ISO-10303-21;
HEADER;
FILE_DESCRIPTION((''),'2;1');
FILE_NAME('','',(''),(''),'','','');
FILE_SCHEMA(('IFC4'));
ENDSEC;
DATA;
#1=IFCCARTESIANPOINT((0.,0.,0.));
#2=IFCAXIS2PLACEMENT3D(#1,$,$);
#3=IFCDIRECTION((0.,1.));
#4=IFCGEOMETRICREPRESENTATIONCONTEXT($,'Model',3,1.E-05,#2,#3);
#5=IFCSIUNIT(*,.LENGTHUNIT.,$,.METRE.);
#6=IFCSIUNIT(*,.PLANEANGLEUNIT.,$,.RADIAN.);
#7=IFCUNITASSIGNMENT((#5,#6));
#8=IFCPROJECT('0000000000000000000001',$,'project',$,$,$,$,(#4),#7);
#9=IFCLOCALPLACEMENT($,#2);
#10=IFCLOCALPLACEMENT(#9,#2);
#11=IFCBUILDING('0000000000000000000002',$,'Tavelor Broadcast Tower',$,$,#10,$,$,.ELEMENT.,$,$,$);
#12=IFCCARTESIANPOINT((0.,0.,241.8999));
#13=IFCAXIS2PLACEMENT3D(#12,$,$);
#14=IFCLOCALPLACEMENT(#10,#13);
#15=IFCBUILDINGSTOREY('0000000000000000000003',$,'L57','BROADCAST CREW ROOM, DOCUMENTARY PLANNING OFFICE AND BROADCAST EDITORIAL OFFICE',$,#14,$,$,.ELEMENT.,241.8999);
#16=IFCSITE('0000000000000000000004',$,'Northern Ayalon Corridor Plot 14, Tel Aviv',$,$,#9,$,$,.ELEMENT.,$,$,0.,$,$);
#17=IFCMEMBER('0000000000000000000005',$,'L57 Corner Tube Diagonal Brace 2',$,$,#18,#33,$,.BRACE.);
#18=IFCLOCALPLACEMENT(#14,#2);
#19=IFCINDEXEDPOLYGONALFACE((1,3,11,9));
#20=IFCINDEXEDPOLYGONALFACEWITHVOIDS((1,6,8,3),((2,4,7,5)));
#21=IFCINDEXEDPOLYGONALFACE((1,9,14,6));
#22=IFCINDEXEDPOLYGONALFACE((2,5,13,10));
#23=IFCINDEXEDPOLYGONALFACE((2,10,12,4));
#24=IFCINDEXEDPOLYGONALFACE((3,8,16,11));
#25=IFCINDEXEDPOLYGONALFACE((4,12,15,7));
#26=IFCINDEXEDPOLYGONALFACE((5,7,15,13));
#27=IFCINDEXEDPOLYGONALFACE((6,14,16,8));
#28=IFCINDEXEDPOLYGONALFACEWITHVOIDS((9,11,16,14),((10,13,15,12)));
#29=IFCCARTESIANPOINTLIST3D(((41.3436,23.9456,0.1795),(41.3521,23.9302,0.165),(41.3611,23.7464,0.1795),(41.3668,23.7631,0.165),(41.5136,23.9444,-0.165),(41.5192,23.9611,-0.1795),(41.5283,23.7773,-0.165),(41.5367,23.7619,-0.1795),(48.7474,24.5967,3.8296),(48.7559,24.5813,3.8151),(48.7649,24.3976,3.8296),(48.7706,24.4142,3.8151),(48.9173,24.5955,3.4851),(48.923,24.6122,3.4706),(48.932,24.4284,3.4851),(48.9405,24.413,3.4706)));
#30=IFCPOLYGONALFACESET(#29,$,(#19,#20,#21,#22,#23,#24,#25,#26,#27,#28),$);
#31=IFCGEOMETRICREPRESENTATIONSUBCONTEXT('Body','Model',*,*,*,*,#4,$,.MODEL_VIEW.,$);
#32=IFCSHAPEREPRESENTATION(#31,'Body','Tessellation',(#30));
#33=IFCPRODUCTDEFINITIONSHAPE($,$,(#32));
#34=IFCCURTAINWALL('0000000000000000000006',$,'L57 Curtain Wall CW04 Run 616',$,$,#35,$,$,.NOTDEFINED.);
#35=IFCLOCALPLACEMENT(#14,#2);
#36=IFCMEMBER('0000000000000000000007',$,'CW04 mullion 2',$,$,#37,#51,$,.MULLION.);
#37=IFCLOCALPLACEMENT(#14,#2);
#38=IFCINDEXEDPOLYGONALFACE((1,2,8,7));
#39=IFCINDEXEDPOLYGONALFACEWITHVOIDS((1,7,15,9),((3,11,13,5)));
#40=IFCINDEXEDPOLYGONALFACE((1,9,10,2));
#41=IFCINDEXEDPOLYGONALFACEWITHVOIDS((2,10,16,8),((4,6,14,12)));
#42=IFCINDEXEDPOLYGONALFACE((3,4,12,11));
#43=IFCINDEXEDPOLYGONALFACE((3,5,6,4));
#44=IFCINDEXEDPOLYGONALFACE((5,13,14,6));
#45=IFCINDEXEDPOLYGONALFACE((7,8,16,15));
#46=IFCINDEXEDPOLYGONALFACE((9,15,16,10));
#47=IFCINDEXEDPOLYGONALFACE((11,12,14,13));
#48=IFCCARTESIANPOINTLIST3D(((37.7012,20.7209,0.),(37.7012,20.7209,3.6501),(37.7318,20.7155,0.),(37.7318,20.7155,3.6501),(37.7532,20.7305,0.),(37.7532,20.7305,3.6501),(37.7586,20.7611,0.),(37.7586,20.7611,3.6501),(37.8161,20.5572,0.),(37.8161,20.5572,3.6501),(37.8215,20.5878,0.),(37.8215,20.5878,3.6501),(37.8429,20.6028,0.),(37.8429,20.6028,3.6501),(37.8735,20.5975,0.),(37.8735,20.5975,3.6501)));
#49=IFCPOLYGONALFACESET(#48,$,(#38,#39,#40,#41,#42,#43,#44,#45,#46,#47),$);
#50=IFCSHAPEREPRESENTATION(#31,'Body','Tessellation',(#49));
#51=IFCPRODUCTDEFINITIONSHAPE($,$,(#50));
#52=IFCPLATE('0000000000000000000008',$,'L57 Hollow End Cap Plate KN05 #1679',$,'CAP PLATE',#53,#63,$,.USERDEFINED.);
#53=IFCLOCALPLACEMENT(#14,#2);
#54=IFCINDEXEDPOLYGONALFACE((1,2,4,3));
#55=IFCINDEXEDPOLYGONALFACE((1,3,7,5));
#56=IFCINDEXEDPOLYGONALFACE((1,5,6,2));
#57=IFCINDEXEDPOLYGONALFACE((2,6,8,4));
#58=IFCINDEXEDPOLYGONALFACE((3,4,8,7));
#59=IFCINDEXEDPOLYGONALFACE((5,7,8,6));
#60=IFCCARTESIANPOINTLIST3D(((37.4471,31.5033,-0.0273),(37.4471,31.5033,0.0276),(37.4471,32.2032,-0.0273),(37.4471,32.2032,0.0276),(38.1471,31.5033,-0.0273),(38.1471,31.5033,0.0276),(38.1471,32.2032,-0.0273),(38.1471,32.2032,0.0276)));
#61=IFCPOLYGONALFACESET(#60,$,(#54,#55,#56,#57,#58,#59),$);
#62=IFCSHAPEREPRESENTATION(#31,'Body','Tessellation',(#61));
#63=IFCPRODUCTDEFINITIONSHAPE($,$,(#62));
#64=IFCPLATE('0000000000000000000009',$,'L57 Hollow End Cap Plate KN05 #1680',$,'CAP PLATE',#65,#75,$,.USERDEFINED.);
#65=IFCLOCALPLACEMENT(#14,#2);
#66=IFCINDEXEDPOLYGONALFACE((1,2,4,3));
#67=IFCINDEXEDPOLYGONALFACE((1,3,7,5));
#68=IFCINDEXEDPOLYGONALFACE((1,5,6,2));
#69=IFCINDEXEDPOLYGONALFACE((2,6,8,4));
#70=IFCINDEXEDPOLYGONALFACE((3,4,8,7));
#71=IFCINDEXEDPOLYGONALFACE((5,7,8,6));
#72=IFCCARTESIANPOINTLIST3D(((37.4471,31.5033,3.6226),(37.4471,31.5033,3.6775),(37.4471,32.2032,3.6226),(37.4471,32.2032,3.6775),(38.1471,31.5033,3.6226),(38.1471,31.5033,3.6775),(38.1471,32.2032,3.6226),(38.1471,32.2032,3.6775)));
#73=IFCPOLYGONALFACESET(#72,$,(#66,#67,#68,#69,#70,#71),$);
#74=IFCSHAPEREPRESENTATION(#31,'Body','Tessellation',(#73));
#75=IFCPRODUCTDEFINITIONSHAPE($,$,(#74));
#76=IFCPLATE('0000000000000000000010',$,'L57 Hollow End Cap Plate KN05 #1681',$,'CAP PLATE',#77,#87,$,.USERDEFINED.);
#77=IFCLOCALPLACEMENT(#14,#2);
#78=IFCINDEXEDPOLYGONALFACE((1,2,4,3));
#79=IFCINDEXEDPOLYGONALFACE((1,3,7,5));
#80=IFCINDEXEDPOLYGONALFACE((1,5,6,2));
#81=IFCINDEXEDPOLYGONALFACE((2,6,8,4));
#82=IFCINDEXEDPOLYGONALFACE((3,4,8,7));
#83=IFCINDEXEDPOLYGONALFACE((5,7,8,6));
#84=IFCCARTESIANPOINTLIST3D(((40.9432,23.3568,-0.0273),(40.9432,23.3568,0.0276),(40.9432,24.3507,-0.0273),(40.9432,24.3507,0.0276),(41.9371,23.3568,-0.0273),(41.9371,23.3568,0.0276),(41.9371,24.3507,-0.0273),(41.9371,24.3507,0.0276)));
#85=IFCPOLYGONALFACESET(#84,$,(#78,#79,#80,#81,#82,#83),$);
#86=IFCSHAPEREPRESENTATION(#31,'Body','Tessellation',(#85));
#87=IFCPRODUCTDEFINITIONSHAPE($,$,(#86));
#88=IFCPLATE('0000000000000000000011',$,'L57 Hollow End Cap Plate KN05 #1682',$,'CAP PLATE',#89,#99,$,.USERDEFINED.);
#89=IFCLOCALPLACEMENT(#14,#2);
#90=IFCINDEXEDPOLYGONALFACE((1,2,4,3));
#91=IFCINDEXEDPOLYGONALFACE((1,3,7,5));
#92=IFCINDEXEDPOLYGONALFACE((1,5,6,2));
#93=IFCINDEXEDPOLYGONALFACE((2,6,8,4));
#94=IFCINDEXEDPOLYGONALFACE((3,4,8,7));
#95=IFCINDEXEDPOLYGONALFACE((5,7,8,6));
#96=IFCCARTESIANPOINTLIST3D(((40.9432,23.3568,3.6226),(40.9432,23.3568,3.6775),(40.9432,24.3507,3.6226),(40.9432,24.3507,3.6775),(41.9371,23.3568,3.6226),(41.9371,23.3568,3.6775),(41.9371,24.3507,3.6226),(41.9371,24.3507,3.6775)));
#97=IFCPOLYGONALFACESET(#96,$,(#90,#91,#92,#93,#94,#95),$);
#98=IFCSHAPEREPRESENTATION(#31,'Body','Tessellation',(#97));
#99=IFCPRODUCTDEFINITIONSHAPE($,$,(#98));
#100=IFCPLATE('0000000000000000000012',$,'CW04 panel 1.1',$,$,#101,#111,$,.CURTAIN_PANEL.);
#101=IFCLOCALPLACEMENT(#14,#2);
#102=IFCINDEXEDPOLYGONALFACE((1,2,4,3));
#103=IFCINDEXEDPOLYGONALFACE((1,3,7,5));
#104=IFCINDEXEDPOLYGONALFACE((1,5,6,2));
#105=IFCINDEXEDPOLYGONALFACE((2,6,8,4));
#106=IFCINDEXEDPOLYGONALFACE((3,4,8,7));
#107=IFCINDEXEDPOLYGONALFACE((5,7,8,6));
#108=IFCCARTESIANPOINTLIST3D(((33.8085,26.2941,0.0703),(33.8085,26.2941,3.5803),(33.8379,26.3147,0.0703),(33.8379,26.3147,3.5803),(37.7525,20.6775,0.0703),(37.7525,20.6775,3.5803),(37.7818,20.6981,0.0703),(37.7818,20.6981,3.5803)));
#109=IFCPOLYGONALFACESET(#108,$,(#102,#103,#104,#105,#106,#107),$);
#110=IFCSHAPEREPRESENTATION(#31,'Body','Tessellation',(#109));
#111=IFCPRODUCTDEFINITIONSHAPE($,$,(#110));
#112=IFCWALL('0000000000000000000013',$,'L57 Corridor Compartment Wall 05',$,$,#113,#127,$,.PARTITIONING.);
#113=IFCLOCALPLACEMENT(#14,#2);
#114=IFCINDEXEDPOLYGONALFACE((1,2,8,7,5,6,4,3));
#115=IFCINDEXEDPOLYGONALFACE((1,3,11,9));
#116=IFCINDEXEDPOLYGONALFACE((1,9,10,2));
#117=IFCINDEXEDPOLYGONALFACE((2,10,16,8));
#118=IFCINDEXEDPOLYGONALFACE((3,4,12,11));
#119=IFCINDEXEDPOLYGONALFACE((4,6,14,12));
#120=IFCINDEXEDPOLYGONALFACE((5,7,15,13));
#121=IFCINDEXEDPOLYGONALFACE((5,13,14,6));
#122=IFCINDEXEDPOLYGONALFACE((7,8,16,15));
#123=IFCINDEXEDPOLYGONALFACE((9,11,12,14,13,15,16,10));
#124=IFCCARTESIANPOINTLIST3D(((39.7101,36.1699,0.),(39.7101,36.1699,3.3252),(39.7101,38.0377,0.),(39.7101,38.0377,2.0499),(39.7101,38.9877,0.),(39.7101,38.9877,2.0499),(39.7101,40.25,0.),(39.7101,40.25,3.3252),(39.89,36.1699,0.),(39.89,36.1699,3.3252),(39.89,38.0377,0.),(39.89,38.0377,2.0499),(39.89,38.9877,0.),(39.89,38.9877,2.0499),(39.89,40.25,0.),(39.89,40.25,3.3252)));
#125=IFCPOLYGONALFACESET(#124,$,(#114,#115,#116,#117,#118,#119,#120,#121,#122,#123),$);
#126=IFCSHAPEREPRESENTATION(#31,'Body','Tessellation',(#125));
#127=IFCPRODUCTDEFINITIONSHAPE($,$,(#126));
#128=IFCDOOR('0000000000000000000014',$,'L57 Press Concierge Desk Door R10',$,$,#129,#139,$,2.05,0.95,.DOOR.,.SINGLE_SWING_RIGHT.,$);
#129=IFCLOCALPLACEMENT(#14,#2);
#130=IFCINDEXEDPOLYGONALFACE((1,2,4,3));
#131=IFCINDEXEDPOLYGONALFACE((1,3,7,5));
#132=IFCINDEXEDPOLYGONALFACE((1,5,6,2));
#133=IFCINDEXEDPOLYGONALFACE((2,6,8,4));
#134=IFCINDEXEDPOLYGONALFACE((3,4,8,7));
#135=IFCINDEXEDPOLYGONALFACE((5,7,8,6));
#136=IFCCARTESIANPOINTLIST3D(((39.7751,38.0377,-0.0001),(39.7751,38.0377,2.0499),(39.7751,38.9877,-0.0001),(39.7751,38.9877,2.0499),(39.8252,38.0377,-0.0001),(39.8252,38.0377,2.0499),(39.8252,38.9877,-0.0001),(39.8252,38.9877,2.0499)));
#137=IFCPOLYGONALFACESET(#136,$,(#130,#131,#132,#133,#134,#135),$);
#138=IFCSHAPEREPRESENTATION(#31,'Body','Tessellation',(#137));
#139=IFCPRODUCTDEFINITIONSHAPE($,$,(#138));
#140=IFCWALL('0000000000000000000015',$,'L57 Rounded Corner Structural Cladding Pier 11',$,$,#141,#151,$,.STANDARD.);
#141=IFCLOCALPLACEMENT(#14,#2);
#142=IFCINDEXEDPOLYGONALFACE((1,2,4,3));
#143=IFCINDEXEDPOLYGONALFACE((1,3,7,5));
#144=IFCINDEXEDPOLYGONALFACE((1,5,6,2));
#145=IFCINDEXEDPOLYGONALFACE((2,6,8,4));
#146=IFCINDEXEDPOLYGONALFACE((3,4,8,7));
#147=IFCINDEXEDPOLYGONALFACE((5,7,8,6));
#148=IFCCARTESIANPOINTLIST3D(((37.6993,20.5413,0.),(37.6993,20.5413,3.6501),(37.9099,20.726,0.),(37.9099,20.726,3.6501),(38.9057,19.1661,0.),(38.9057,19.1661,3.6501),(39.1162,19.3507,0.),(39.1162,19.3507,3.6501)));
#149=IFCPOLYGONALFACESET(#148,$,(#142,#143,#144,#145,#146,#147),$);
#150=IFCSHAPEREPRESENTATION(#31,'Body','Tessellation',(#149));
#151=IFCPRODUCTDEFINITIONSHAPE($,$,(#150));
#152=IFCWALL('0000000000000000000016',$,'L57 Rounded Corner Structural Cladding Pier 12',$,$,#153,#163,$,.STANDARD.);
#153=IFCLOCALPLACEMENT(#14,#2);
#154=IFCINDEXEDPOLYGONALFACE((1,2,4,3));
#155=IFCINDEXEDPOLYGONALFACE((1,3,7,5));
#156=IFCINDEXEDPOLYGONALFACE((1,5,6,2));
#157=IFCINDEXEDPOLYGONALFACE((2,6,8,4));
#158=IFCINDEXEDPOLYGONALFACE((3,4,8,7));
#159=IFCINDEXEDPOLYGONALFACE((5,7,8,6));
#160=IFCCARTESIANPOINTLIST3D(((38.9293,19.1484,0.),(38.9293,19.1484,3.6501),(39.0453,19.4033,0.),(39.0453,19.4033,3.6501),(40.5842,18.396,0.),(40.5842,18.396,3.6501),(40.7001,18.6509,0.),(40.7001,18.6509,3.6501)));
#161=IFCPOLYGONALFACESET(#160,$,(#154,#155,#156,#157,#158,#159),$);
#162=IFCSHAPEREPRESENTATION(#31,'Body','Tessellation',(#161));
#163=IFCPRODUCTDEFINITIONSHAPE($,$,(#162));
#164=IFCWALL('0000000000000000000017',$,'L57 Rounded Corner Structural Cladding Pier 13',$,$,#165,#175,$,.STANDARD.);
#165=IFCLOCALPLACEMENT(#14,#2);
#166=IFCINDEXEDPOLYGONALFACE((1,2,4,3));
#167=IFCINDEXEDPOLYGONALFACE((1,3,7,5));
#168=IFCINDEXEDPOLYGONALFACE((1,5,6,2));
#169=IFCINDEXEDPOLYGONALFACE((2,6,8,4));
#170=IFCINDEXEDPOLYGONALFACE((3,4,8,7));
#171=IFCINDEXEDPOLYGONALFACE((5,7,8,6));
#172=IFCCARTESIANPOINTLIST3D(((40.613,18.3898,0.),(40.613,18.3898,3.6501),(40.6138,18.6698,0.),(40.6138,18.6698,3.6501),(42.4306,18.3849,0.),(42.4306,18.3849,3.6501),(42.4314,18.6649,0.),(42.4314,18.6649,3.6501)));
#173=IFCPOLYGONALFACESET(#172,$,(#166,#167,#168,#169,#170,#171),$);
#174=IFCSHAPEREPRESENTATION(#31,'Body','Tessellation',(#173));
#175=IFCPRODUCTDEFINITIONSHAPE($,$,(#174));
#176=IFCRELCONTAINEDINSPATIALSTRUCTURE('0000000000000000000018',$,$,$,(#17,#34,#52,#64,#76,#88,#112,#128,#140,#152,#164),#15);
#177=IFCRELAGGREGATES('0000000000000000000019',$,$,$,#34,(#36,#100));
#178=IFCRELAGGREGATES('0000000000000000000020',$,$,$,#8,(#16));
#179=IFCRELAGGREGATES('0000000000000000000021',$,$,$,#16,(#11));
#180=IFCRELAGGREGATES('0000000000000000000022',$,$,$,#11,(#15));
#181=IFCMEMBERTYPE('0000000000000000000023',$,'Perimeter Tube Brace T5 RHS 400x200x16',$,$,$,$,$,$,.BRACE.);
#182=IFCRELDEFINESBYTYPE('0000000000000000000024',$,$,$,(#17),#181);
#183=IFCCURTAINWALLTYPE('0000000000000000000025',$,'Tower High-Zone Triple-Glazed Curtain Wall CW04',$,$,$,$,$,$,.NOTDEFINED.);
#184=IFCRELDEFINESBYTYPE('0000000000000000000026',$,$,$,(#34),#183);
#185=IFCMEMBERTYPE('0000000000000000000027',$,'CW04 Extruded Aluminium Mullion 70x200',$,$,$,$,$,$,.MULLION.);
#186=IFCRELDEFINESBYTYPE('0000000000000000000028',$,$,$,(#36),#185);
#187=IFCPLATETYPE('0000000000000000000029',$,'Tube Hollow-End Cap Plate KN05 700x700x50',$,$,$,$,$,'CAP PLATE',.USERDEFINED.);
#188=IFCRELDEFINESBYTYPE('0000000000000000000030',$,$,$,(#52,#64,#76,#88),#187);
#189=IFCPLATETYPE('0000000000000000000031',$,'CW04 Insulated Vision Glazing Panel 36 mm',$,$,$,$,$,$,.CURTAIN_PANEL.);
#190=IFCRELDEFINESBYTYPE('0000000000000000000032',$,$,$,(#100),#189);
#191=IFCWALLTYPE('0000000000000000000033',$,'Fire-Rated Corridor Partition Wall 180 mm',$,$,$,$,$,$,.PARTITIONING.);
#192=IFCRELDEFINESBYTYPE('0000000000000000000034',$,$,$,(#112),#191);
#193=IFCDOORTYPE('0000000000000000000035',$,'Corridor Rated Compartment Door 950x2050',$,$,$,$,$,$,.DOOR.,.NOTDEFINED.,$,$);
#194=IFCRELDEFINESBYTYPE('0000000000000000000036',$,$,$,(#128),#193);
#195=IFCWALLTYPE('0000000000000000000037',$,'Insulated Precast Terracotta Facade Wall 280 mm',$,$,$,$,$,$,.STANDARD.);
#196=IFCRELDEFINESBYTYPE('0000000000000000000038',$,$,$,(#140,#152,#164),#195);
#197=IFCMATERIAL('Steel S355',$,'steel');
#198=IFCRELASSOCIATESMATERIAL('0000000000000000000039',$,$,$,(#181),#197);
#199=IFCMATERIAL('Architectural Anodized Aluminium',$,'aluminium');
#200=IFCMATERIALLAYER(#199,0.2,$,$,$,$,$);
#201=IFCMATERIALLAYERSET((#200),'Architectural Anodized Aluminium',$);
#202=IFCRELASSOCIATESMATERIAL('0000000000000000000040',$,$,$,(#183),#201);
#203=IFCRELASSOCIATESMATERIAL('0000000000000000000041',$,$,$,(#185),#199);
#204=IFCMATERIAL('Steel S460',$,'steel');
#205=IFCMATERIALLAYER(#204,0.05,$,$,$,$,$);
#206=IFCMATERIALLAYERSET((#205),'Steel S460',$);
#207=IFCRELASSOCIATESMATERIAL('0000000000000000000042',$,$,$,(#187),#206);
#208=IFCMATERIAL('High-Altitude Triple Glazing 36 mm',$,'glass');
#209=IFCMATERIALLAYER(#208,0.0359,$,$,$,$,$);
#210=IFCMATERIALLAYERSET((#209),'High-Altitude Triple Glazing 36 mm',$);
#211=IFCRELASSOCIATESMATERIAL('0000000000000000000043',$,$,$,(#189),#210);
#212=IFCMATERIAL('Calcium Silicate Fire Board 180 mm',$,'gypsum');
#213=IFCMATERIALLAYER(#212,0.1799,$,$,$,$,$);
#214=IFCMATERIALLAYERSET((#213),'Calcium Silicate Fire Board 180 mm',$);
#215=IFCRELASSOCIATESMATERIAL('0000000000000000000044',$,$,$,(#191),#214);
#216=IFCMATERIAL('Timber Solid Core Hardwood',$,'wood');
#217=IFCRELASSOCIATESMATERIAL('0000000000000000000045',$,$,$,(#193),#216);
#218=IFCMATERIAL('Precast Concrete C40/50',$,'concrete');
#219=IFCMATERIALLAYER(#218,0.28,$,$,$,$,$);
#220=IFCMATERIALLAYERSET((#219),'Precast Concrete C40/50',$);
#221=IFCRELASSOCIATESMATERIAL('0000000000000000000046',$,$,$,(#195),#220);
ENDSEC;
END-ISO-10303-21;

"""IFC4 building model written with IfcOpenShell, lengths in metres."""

from ifc_helpers import new_model, si_unit, direction, frame, frame_2d, origin, origin_2d, place, context, subcontext, project, spatial, rectangle, hollow_rectangle, extrude, source, transform, mapped, material, layer, layer_set, material_profile, profile_set, type_object, type_shapes, element, fill, aggregate, save


model = new_model("IFC4")

# Units and contexts
model_context = context("Model", 3, precision=1e-05, world=origin(), true_north=direction((0.0, 1.0)))
body_context = subcontext(model_context, "Body", "Model", "MODEL_VIEW")
ifc_project = project(units=[si_unit("LENGTHUNIT", "METRE"), si_unit("PLANEANGLEUNIT", "RADIAN")], contexts=[model_context])

# Site, building, storey
site_placement = place(None, origin())
site = spatial("IfcSite", under=ifc_project, at=site_placement, Name="Northern Ayalon Corridor Plot 14, Tel Aviv", CompositionType="ELEMENT", RefElevation=0.0)
building_placement = place(site_placement, origin())
building = spatial("IfcBuilding", under=site, at=building_placement, Name="Tavelor Broadcast Tower", CompositionType="ELEMENT")
storey_placement = place(building_placement, frame((0.0, 0.0, 241.8999)))
storey = spatial("IfcBuildingStorey", under=building, at=storey_placement, Name="L57", Description="BROADCAST CREW ROOM, DOCUMENTARY PLANNING OFFICE AND BROADCAST EDITORIAL OFFICE", CompositionType="ELEMENT", Elevation=241.8999)

# Shared definitions
ifc_material_1 = material(Name="Steel S460", Category="steel")

# Shared definitions
ifc_material_2 = material(Name="Steel S355", Category="steel")

# Member
ifc_material_profile_1 = material_profile(ifc_material_2, hollow_rectangle(XDim=0.2, YDim=0.3999, WallThickness=0.0161, at=origin_2d()), Name="RHS 400x200x16")
ifc_profile_set_1 = profile_set([ifc_material_profile_1], Name="Steel S355")
member_type_1 = type_object("IfcMemberType", Name="Perimeter Tube Brace T5 RHS 400x200x16", PredefinedType="BRACE", material=ifc_profile_set_1)
member_1_placement = place(storey_placement, frame((41.4402, 23.8538, 0.0), z_axis=(0.894144, 0.078635, 0.440821), x_axis=(-0.087606, 0.996155, 0.0)))
element("IfcMember", 1, at=member_1_placement, inside=storey, type_object=member_type_1, Name="L57 Corner Tube Diagonal Brace 2", PredefinedType="BRACE", context=body_context, shape_type="SweptSolid", body=[
    extrude(hollow_rectangle(XDim=0.2, YDim=0.3999, WallThickness=0.0161, at=origin_2d()), origin(), (0.0, 0.0, 1.0), 8.2803),
])

# Curtain wall, member
ifc_material_3 = material(Name="Architectural Anodized Aluminium", Category="aluminium")
ifc_layer_1 = layer(ifc_material_3, 0.2)
ifc_layer_set_1 = layer_set([ifc_layer_1], Name="Architectural Anodized Aluminium")
curtain_wall_type = type_object("IfcCurtainWallType", Name="Tower High-Zone Triple-Glazed Curtain Wall CW04", PredefinedType="NOTDEFINED", material=ifc_layer_set_1)
curtain_wall_placement = place(storey_placement, origin())
curtain_wall = element("IfcCurtainWall", 2, at=curtain_wall_placement, inside=storey, type_object=curtain_wall_type, Name="L57 Curtain Wall CW04 Run 616", PredefinedType="NOTDEFINED")
ifc_material_profile_2 = material_profile(ifc_material_3, hollow_rectangle(XDim=0.0701, YDim=0.2, WallThickness=0.022, at=origin_2d()), Name="RHS 70x200x22")
ifc_profile_set_2 = profile_set([ifc_material_profile_2], Name="Architectural Anodized Aluminium")
member_type_2 = type_object("IfcMemberType", Name="CW04 Extruded Aluminium Mullion 70x200", PredefinedType="MULLION", material=ifc_profile_set_2)
shared_shape_1 = source(origin(), body_context, "Body", "SweptSolid", [
    extrude(hollow_rectangle(XDim=0.0701, YDim=0.2, WallThickness=0.022, at=origin_2d()), origin(), (0.0, 0.0, 1.0), 3.6501),
])
type_shapes(member_type_2, [shared_shape_1])
member_2_placement = place(storey_placement, frame((37.7874, 20.6592, 0.0), z_axis=(0.0, 0.0, 1.0), x_axis=(0.818388, 0.574665, 0.0)))
member_2 = element("IfcMember", 3, at=member_2_placement, type_object=member_type_2, Name="CW04 mullion 2", PredefinedType="MULLION", context=body_context, shape_type="MappedRepresentation", body=[
    mapped(shared_shape_1, transform((0.0, 0.0, 0.0), scale=1.0)),
])

# Plates
ifc_layer_2 = layer(ifc_material_1, 0.05)
ifc_layer_set_2 = layer_set([ifc_layer_2], Name="Steel S460")
plate_type_1 = type_object("IfcPlateType", Name="Tube Hollow-End Cap Plate KN05 700x700x50", ElementType="CAP PLATE", PredefinedType="USERDEFINED", material=ifc_layer_set_2)
shared_shape_2 = source(origin(), body_context, "Body", "SweptSolid", [
    extrude(rectangle(XDim=0.7, YDim=0.7, at=origin_2d()), origin(), (0.0, 0.0, 1.0), 0.0549),
])
for number, where, z_axis, x_axis, name in (
    (4, (37.7971, 31.8533, -0.0273), (0.0, 0.0, 1.0), (1.0, 0.0, 0.0), "L57 Hollow End Cap Plate KN05 #1679"),
    (5, (37.7971, 31.8533, 3.6226), (0.0, 0.0, 1.0), (1.0, 0.0, 0.0), "L57 Hollow End Cap Plate KN05 #1680"),
):
    element("IfcPlate", number, at=place(storey_placement, frame(where, z_axis=z_axis, x_axis=x_axis)), inside=storey, type_object=plate_type_1, Name=name, ObjectType="CAP PLATE", PredefinedType="USERDEFINED", context=body_context, shape_type="MappedRepresentation", body=[
        mapped(shared_shape_2, transform((0.0, 0.0, 0.0), scale=1.0)),
    ])
shared_shape_3 = source(origin(), body_context, "Body", "SweptSolid", [
    extrude(rectangle(XDim=0.9939, YDim=0.9939, at=origin_2d()), origin(), (0.0, 0.0, 1.0), 0.0549),
])
type_shapes(plate_type_1, [shared_shape_2, shared_shape_3])
for number, where, z_axis, x_axis, name in (
    (6, (41.4402, 23.8538, -0.0273), (0.0, 0.0, 1.0), (1.0, 0.0, 0.0), "L57 Hollow End Cap Plate KN05 #1681"),
    (7, (41.4402, 23.8538, 3.6226), (0.0, 0.0, 1.0), (1.0, 0.0, 0.0), "L57 Hollow End Cap Plate KN05 #1682"),
):
    element("IfcPlate", number, at=place(storey_placement, frame(where, z_axis=z_axis, x_axis=x_axis)), inside=storey, type_object=plate_type_1, Name=name, ObjectType="CAP PLATE", PredefinedType="USERDEFINED", context=body_context, shape_type="MappedRepresentation", body=[
        mapped(shared_shape_3, transform((0.0, 0.0, 0.0), scale=1.0)),
    ])

# Plate
ifc_material_4 = material(Name="High-Altitude Triple Glazing 36 mm", Category="glass")
ifc_layer_3 = layer(ifc_material_4, 0.0359)
ifc_layer_set_3 = layer_set([ifc_layer_3], Name="High-Altitude Triple Glazing 36 mm")
plate_type_2 = type_object("IfcPlateType", Name="CW04 Insulated Vision Glazing Panel 36 mm", PredefinedType="CURTAIN_PANEL", material=ifc_layer_set_3)
shared_shape_4 = source(origin(), body_context, "Body", "SweptSolid", [
    extrude(rectangle(XDim=6.863, YDim=0.0359, at=origin_2d()), origin(), (0.0, 0.0, 1.0), 3.51),
])
type_shapes(plate_type_2, [shared_shape_4])
plate_placement = place(storey_placement, frame((35.7952, 23.4961, 0.0703), z_axis=(0.0, 0.0, 1.0), x_axis=(0.574665, -0.818388, 0.0)))
plate = element("IfcPlate", 8, at=plate_placement, type_object=plate_type_2, Name="CW04 panel 1.1", PredefinedType="CURTAIN_PANEL", context=body_context, shape_type="MappedRepresentation", body=[
    mapped(shared_shape_4, transform((0.0, 0.0, 0.0), scale=1.0)),
])
aggregate(curtain_wall, [member_2, plate])

# Wall, opening, door
ifc_material_5 = material(Name="Calcium Silicate Fire Board 180 mm", Category="gypsum")
ifc_layer_4 = layer(ifc_material_5, 0.1799)
ifc_layer_set_4 = layer_set([ifc_layer_4], Name="Calcium Silicate Fire Board 180 mm")
wall_type_1 = type_object("IfcWallType", Name="Fire-Rated Corridor Partition Wall 180 mm", PredefinedType="PARTITIONING", material=ifc_layer_set_4)
wall_1_placement = place(storey_placement, frame((39.8, 36.1699, 0.0), z_axis=(0.0, 0.0, 1.0), x_axis=(0.0, 1.0, 0.0)))
wall_1 = element("IfcWall", 9, at=wall_1_placement, inside=storey, type_object=wall_type_1, Name="L57 Corridor Compartment Wall 05", PredefinedType="PARTITIONING", context=body_context, shape_type="SweptSolid", body=[
    extrude(rectangle(XDim=4.0801, YDim=0.1799, at=frame_2d((2.04, 0.0))), origin(), (0.0, 0.0, 1.0), 3.3252),
])
opening_placement = place(wall_1_placement, frame((1.8677, 0.0, 0.0)))
opening = element("IfcOpeningElement", 10, at=opening_placement, cuts=wall_1, PredefinedType="OPENING", context=body_context, shape_type="SweptSolid", body=[
    extrude(rectangle(XDim=0.95, YDim=2.05, at=frame_2d((0.4751, 1.0249))), frame((0.0, 0.1001, 0.0), z_axis=(0.0, -1.0, 0.0), x_axis=(1.0, 0.0, 0.0)), (0.0, 0.0, 1.0), 0.2),
])
ifc_material_6 = material(Name="Timber Solid Core Hardwood", Category="wood")
door_type = type_object("IfcDoorType", Name="Corridor Rated Compartment Door 950x2050", OperationType="NOTDEFINED", PredefinedType="DOOR", material=ifc_material_6)
door_placement = place(opening_placement, origin())
door = element("IfcDoor", 11, at=door_placement, inside=storey, type_object=door_type, Name="L57 Press Concierge Desk Door R10", OperationType="SINGLE_SWING_RIGHT", OverallHeight=2.05, OverallWidth=0.95, PredefinedType="DOOR", context=body_context, shape_type="SweptSolid", body=[
    extrude(rectangle(XDim=0.95, YDim=2.05, at=frame_2d((0.4751, 1.0249))), frame((0.0, 0.0249, 0.0), z_axis=(0.0, -1.0, 0.0), x_axis=(1.0, 0.0, 0.0)), (0.0, 0.0, 1.0), 0.05),
])
fill(opening, door)

# Walls
ifc_material_7 = material(Name="Precast Concrete C40/50", Category="concrete")
ifc_layer_5 = layer(ifc_material_7, 0.28)
ifc_layer_set_5 = layer_set([ifc_layer_5], Name="Precast Concrete C40/50")
wall_type_2 = type_object("IfcWallType", Name="Insulated Precast Terracotta Facade Wall 280 mm", PredefinedType="STANDARD", material=ifc_layer_set_5)
wall_2_placement = place(storey_placement, frame((37.8047, 20.6335, 0.0), z_axis=(0.0, 0.0, 1.0), x_axis=(0.659421, -0.751774, 0.0)))
element("IfcWall", 12, at=wall_2_placement, inside=storey, type_object=wall_type_2, Name="L57 Rounded Corner Structural Cladding Pier 11", PredefinedType="STANDARD", context=body_context, shape_type="SweptSolid", body=[
    extrude(rectangle(XDim=1.8293, YDim=0.28, at=frame_2d((0.9146, 0.0))), origin(), (0.0, 0.0, 1.0), 3.6501),
])
wall_3_placement = place(storey_placement, frame((38.9873, 19.2759, 0.0), z_axis=(0.0, 0.0, 1.0), x_axis=(0.910311, -0.413924, 0.0)))
element("IfcWall", 13, at=wall_3_placement, inside=storey, type_object=wall_type_2, Name="L57 Rounded Corner Structural Cladding Pier 12", PredefinedType="STANDARD", context=body_context, shape_type="SweptSolid", body=[
    extrude(rectangle(XDim=1.8179, YDim=0.28, at=frame_2d((0.9089, 0.0))), origin(), (0.0, 0.0, 1.0), 3.6501),
])
wall_4_placement = place(storey_placement, frame((40.6135, 18.5298, 0.0), z_axis=(0.0, 0.0, 1.0), x_axis=(0.999996, -0.002686, 0.0)))
element("IfcWall", 14, at=wall_4_placement, inside=storey, type_object=wall_type_2, Name="L57 Rounded Corner Structural Cladding Pier 13", PredefinedType="STANDARD", context=body_context, shape_type="SweptSolid", body=[
    extrude(rectangle(XDim=1.8176, YDim=0.28, at=frame_2d((0.9087, 0.0))), origin(), (0.0, 0.0, 1.0), 3.6501),
])

save(model, "model.ifc")
